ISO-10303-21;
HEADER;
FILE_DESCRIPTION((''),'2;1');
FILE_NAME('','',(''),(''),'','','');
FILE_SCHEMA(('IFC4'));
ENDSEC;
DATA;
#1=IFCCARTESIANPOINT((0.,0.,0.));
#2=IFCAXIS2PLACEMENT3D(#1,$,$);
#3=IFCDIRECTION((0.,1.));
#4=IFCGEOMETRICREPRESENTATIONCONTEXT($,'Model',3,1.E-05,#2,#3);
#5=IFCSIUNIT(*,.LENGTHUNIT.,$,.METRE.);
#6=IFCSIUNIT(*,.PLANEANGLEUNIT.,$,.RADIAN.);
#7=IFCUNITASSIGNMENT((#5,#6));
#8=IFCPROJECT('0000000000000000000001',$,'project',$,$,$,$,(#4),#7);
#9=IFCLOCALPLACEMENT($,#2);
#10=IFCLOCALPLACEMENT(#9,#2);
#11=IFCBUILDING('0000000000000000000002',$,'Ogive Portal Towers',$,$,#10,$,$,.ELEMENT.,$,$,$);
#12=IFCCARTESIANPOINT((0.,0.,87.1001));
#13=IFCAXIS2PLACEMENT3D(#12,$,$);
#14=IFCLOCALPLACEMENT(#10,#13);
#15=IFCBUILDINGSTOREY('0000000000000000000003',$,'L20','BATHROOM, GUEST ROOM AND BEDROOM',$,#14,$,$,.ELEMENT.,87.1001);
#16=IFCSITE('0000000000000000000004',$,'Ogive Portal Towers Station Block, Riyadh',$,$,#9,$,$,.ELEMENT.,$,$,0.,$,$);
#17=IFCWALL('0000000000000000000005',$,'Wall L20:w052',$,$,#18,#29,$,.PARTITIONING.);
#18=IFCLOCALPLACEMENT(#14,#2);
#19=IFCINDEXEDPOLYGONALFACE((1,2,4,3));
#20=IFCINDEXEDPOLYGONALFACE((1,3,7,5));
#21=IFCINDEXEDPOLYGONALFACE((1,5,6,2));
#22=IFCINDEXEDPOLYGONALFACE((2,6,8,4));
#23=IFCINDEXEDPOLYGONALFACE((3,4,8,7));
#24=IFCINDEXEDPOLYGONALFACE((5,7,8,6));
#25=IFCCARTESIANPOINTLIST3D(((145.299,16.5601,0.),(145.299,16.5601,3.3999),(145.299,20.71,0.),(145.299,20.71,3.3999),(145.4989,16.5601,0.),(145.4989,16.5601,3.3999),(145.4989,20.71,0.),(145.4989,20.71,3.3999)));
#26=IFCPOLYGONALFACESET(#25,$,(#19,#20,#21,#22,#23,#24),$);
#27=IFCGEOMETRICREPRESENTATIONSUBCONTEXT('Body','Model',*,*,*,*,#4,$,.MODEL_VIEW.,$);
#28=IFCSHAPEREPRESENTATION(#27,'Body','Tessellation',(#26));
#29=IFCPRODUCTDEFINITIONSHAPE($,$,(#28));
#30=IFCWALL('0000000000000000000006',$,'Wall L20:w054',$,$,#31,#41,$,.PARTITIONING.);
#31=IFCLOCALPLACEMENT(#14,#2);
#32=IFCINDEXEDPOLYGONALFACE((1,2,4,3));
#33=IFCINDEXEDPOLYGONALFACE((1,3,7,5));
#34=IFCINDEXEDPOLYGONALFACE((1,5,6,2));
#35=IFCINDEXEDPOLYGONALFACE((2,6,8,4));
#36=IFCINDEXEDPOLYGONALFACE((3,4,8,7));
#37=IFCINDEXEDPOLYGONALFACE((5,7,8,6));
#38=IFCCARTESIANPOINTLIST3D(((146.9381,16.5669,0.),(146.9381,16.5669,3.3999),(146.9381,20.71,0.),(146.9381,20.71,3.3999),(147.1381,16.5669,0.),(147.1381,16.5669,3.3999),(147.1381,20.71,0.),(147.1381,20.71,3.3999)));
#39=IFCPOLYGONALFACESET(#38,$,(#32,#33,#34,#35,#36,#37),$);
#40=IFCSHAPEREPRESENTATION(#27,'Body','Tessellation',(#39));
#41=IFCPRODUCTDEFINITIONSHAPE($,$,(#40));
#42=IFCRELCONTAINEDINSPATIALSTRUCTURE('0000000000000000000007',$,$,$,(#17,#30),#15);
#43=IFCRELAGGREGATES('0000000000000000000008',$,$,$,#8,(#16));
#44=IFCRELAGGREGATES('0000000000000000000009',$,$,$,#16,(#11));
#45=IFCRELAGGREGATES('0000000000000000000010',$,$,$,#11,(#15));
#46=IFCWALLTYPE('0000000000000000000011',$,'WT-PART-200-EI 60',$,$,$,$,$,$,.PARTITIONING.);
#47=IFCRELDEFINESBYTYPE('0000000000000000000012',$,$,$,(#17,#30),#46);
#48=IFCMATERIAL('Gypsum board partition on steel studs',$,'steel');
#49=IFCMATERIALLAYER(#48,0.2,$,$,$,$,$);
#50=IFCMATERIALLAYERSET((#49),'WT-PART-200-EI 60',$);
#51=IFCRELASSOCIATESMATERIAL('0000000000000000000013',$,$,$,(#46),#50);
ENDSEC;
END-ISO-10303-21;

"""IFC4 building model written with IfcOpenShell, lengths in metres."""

from ifc_helpers import new_model, si_unit, direction, frame, frame_2d, origin, place, context, subcontext, project, spatial, rectangle, extrude, material, layer, layer_set, type_object, element, save


model = new_model("IFC4")

# Units and contexts
model_context = context("Model", 3, precision=1e-05, world=origin(), true_north=direction((0.0, 1.0)))
body_context = subcontext(model_context, "Body", "Model", "MODEL_VIEW")
ifc_project = project(units=[si_unit("LENGTHUNIT", "METRE"), si_unit("PLANEANGLEUNIT", "RADIAN")], contexts=[model_context])

# Site, building, storey
site_placement = place(None, origin())
site = spatial("IfcSite", under=ifc_project, at=site_placement, Name="Ogive Portal Towers Station Block, Riyadh", CompositionType="ELEMENT", RefElevation=0.0)
building_placement = place(site_placement, origin())
building = spatial("IfcBuilding", under=site, at=building_placement, Name="Ogive Portal Towers", CompositionType="ELEMENT")
storey_placement = place(building_placement, frame((0.0, 0.0, 87.1001)))
storey = spatial("IfcBuildingStorey", under=building, at=storey_placement, Name="L20", Description="BATHROOM, GUEST ROOM AND BEDROOM", CompositionType="ELEMENT", Elevation=87.1001)

# Walls
ifc_material_1 = material(Name="Gypsum board partition on steel studs", Category="steel")
ifc_layer_1 = layer(ifc_material_1, 0.2)
ifc_layer_set_1 = layer_set([ifc_layer_1], Name="WT-PART-200-EI 60")
wall_type_1 = type_object("IfcWallType", Name="WT-PART-200-EI 60", PredefinedType="PARTITIONING", material=ifc_layer_set_1)
wall_1_placement = place(storey_placement, frame((145.3989, 16.5601, 0.0), z_axis=(0.0, 0.0, 1.0), x_axis=(0.0, 1.0, 0.0)))
element("IfcWall", 1, at=wall_1_placement, inside=storey, type_object=wall_type_1, Name="Wall L20:w052", PredefinedType="PARTITIONING", context=body_context, shape_type="SweptSolid", body=[
    extrude(rectangle(XDim=4.1499, YDim=0.2, at=frame_2d((2.075, 0.0))), origin(), (0.0, 0.0, 1.0), 3.3999),
])
wall_2_placement = place(storey_placement, frame((147.0381, 16.5669, 0.0), z_axis=(0.0, 0.0, 1.0), x_axis=(0.0, 1.0, 0.0)))
element("IfcWall", 2, at=wall_2_placement, inside=storey, type_object=wall_type_1, Name="Wall L20:w054", PredefinedType="PARTITIONING", context=body_context, shape_type="SweptSolid", body=[
    extrude(rectangle(XDim=4.1431, YDim=0.2, at=frame_2d((2.0715, 0.0))), origin(), (0.0, 0.0, 1.0), 3.3999),
])

save(model, "model.ifc")
